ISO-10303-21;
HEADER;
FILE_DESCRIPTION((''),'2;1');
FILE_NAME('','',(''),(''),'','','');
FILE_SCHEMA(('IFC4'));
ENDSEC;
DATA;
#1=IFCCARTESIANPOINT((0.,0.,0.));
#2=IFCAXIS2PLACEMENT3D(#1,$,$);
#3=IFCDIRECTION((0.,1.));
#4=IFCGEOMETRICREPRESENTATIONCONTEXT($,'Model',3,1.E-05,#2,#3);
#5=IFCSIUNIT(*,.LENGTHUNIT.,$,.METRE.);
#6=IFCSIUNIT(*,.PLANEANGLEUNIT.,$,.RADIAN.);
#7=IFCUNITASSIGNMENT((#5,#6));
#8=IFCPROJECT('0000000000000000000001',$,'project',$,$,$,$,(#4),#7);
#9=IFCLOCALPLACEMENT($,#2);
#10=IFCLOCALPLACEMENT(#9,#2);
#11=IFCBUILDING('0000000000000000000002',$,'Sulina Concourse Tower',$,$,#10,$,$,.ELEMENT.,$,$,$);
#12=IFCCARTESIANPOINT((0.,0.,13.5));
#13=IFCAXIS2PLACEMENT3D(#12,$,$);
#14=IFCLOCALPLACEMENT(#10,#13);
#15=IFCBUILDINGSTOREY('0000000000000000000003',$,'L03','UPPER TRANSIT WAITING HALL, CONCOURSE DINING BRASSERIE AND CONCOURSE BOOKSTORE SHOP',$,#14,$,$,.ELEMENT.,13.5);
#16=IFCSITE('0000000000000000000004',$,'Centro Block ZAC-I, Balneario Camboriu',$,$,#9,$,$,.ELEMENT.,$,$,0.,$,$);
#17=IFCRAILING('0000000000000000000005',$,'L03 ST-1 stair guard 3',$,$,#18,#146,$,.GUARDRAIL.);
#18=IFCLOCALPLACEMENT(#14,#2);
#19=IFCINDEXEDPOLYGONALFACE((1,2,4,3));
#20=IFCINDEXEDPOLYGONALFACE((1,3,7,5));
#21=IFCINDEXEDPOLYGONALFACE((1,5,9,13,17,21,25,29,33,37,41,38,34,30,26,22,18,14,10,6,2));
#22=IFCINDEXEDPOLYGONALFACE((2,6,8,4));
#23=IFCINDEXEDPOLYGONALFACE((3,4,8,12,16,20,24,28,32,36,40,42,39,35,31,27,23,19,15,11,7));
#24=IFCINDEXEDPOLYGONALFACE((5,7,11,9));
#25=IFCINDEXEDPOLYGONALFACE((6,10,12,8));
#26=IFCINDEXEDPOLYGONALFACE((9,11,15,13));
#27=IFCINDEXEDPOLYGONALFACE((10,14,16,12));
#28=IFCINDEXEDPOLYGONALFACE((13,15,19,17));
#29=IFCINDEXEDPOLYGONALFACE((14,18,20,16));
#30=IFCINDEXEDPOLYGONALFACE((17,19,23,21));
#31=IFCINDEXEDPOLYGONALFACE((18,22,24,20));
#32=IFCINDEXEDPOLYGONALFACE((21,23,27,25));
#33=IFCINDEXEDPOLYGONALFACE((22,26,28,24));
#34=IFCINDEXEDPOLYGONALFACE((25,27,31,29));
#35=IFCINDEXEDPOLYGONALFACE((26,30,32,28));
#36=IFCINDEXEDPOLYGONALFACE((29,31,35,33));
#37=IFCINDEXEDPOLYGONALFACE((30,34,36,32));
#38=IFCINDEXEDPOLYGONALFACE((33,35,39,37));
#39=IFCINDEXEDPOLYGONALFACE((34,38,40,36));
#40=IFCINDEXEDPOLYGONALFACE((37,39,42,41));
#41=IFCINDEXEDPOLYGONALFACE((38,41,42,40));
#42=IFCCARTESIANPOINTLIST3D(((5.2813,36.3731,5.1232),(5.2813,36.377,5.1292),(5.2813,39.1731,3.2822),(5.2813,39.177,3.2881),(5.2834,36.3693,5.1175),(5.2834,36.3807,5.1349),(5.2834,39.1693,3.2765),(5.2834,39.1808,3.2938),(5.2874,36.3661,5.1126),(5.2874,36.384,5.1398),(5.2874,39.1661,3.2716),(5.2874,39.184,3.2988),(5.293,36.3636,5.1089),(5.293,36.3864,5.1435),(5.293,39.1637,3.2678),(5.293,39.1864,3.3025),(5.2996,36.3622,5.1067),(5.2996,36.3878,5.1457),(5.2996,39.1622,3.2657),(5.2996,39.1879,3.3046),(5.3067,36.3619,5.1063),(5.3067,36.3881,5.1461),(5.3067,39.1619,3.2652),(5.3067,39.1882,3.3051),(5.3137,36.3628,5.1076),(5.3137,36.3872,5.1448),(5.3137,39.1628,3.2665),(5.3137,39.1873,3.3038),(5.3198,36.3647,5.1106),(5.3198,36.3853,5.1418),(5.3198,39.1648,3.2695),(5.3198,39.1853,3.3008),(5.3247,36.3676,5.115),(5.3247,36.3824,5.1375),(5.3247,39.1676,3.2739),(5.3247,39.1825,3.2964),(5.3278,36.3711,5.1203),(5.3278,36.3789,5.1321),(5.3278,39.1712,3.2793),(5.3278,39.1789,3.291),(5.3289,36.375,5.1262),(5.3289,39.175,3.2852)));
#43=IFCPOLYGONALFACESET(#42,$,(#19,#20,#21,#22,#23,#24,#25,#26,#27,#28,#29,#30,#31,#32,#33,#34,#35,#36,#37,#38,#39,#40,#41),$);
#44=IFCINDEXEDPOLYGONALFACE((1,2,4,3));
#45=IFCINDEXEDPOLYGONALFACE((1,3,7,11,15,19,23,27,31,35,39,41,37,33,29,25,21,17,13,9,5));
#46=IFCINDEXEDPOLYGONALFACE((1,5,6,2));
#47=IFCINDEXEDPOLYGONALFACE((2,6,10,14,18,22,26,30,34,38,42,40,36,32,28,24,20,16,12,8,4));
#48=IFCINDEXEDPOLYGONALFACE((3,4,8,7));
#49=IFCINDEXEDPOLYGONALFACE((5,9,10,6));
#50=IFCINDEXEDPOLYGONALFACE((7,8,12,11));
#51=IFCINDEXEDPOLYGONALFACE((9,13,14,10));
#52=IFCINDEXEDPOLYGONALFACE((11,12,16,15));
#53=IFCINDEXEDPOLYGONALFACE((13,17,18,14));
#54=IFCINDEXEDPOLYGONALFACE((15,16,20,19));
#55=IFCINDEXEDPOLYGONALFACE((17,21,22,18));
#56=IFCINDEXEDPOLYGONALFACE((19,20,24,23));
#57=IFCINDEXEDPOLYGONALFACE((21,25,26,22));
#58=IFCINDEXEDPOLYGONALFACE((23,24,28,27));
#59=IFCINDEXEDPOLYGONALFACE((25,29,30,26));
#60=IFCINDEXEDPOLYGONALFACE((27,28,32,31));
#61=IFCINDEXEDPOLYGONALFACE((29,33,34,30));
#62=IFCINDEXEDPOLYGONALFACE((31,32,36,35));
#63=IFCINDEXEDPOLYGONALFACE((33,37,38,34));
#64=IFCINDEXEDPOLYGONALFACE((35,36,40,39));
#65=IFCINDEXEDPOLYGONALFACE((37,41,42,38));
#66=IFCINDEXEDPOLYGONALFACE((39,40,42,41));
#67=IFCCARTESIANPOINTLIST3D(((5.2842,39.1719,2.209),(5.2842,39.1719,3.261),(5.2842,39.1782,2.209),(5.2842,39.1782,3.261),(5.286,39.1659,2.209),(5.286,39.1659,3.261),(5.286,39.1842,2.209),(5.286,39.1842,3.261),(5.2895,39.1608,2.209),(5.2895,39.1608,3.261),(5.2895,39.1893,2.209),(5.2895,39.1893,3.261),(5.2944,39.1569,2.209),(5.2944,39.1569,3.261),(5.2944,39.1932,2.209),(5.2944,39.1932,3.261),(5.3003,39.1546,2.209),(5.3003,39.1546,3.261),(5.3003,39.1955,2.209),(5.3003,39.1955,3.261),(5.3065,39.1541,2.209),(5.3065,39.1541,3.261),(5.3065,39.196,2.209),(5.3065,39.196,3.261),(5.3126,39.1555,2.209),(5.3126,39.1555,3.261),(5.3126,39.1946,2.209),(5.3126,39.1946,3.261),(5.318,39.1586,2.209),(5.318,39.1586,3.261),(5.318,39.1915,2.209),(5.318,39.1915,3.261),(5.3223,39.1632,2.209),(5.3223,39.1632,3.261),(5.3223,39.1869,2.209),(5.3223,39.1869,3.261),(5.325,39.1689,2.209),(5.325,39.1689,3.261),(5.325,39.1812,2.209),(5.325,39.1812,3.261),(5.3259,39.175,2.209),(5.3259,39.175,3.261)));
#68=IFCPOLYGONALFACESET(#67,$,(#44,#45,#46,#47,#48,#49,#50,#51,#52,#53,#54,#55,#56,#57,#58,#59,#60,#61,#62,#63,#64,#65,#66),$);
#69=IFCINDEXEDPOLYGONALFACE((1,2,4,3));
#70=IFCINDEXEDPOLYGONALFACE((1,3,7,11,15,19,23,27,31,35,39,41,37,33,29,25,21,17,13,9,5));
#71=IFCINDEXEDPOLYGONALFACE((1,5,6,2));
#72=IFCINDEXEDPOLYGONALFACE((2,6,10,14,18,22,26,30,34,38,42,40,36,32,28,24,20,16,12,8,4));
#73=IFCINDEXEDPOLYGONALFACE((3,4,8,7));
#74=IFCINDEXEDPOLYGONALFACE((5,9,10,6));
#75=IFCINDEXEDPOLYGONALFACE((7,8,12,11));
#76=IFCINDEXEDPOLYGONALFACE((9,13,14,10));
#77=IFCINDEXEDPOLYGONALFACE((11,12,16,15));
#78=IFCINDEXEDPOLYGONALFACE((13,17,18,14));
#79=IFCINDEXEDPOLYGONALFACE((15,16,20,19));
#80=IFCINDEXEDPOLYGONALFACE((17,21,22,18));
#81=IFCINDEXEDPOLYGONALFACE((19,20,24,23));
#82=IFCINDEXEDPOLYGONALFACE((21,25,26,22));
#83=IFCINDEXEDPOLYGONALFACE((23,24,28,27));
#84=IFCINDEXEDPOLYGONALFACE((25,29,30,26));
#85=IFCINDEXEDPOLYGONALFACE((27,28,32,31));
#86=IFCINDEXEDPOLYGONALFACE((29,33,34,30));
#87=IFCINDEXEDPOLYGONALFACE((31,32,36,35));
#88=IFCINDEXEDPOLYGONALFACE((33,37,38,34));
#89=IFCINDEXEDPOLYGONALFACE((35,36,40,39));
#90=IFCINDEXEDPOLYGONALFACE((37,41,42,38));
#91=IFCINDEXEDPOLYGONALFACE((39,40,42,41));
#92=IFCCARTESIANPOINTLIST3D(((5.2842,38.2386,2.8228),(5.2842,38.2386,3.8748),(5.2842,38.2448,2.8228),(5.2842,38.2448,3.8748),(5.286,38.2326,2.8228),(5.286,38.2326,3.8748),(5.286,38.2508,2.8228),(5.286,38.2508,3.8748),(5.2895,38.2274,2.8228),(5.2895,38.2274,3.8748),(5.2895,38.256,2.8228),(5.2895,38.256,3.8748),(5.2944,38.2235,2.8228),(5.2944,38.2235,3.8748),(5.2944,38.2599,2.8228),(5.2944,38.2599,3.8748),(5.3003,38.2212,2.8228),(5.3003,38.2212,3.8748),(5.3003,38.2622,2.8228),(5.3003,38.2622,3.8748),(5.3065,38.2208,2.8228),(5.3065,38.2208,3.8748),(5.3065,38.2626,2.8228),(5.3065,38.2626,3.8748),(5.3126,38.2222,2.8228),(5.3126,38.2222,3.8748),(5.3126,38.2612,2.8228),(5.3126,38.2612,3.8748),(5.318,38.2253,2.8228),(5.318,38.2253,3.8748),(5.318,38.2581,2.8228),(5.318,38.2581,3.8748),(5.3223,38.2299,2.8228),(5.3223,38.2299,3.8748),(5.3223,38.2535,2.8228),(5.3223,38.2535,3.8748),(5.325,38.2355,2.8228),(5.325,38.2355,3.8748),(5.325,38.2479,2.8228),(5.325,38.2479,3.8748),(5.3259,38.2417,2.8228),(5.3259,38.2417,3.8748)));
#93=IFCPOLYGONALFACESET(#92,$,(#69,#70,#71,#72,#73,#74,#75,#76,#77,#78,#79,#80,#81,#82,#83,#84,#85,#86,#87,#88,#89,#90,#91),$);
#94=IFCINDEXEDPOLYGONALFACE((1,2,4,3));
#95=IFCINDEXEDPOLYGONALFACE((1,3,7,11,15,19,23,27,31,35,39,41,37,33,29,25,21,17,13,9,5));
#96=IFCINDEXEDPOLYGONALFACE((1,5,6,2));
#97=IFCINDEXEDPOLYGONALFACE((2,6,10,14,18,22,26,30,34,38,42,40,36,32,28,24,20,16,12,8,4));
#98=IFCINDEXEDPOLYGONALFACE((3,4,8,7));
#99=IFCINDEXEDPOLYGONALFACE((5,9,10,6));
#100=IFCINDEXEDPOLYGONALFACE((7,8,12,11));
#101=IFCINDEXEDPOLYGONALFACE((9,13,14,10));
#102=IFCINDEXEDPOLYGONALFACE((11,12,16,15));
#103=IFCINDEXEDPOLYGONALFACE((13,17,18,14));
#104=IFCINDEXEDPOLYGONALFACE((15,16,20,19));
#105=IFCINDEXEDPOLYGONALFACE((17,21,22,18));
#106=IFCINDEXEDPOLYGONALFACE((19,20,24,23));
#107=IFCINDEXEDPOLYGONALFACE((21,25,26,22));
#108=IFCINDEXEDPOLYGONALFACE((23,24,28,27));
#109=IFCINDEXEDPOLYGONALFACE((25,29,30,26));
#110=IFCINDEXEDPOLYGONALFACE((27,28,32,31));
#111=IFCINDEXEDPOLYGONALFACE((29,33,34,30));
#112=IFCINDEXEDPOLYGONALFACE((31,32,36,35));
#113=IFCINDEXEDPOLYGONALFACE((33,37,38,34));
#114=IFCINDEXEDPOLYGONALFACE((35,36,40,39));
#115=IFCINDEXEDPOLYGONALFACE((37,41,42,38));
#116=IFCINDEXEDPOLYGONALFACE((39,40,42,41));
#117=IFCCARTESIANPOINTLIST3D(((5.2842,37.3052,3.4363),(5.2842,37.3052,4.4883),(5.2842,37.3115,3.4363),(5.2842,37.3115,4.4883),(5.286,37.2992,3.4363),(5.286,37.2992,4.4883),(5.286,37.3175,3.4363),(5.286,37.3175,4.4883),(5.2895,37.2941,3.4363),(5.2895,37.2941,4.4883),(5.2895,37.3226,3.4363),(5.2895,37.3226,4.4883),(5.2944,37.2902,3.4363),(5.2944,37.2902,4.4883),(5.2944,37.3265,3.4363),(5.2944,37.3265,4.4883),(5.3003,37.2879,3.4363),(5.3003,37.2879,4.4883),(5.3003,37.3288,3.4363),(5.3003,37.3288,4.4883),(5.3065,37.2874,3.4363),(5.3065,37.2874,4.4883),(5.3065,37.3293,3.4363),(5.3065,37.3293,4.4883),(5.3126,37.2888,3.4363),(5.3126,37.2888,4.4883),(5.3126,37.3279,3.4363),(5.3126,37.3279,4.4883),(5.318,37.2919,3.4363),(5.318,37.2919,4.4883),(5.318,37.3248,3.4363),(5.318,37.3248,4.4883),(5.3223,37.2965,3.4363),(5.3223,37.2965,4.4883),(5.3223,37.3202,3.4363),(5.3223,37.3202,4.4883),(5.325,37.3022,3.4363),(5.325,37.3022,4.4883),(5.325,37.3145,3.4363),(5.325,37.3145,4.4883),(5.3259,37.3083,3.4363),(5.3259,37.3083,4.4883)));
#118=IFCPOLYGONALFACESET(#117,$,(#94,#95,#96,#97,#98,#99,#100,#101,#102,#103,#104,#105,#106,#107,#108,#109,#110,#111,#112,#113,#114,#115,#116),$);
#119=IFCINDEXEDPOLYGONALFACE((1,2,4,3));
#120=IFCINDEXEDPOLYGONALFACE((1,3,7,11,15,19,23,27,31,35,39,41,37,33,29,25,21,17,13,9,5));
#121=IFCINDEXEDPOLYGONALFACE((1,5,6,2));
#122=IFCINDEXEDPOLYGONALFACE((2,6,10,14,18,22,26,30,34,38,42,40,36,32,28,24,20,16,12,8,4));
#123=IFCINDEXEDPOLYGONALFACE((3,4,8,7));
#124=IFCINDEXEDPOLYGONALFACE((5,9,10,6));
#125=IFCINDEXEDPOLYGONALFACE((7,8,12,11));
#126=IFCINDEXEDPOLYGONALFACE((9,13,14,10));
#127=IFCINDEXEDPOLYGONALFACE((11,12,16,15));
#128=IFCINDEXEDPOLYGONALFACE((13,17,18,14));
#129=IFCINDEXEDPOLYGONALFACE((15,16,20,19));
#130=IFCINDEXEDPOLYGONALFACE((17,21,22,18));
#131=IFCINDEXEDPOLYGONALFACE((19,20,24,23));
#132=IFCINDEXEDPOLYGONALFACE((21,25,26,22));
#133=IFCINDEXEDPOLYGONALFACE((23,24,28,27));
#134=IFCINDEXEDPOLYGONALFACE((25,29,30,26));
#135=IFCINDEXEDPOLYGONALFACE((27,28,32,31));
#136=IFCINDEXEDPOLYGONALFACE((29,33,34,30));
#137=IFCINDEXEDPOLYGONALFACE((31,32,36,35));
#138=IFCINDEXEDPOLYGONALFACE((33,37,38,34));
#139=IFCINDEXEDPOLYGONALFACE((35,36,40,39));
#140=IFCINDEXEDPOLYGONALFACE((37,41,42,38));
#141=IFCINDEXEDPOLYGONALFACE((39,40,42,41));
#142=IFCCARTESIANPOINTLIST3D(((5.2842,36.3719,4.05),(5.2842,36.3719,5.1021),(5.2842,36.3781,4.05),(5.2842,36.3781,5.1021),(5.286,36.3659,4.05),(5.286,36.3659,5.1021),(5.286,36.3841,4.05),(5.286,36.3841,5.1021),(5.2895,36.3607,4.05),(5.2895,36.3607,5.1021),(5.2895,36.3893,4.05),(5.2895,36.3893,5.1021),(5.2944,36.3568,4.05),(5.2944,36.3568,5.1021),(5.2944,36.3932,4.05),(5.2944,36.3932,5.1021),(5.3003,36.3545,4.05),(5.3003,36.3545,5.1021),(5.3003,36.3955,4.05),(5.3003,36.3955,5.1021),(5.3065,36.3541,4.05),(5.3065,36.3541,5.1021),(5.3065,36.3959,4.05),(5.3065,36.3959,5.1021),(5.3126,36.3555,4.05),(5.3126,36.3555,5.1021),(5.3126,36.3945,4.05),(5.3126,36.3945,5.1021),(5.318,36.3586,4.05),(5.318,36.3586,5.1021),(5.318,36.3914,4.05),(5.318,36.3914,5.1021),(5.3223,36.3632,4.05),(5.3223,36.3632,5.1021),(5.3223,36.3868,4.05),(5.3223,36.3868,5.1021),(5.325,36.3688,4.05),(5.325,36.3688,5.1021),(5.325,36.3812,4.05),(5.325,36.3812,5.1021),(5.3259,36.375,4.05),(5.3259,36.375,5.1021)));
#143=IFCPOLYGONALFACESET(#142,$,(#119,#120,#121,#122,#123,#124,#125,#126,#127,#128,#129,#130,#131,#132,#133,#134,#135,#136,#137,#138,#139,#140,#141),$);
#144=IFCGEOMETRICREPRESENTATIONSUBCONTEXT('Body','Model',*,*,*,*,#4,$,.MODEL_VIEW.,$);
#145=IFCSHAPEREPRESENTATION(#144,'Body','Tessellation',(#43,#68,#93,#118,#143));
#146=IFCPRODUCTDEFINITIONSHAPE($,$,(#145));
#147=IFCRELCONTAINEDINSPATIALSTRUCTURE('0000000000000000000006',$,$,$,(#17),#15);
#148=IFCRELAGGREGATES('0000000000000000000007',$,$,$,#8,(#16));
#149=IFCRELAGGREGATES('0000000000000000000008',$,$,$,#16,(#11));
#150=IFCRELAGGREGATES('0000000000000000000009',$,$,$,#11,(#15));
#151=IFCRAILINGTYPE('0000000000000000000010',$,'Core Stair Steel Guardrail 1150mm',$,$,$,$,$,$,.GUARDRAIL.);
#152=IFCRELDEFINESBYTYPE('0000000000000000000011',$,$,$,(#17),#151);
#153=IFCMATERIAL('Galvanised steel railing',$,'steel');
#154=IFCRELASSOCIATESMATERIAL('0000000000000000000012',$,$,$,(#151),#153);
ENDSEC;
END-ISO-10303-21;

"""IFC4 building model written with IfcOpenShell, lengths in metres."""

from ifc_helpers import new_model, si_unit, direction, frame, origin, origin_2d, place, context, subcontext, project, spatial, circle, extrude, material, type_object, element, save


model = new_model("IFC4")

# Units and contexts
model_context = context("Model", 3, precision=1e-05, world=origin(), true_north=direction((0.0, 1.0)))
body_context = subcontext(model_context, "Body", "Model", "MODEL_VIEW")
ifc_project = project(units=[si_unit("LENGTHUNIT", "METRE"), si_unit("PLANEANGLEUNIT", "RADIAN")], contexts=[model_context])

# Site, building, storey
site_placement = place(None, origin())
site = spatial("IfcSite", under=ifc_project, at=site_placement, Name="Centro Block ZAC-I, Balneario Camboriu", CompositionType="ELEMENT", RefElevation=0.0)
building_placement = place(site_placement, origin())
building = spatial("IfcBuilding", under=site, at=building_placement, Name="Sulina Concourse Tower", CompositionType="ELEMENT")
storey_placement = place(building_placement, frame((0.0, 0.0, 13.5)))
storey = spatial("IfcBuildingStorey", under=building, at=storey_placement, Name="L03", Description="UPPER TRANSIT WAITING HALL, CONCOURSE DINING BRASSERIE AND CONCOURSE BOOKSTORE SHOP", CompositionType="ELEMENT", Elevation=13.5)

# Railing
ifc_material_1 = material(Name="Galvanised steel railing", Category="steel")
railing_type_1 = type_object("IfcRailingType", Name="Core Stair Steel Guardrail 1150mm", PredefinedType="GUARDRAIL", material=ifc_material_1)
railing_1_placement = place(storey_placement, frame((5.3049, 39.175, 2.209)))
element("IfcRailing", 1, at=railing_1_placement, inside=storey, type_object=railing_type_1, Name="L03 ST-1 stair guard 3", PredefinedType="GUARDRAIL", context=body_context, shape_type="SweptSolid", body=[
    extrude(circle(Radius=0.0239, at=origin_2d()), frame((0.0, 0.0, 1.0762), z_axis=(0.0, -0.835564, 0.549393), x_axis=(1.0, 0.0, 0.0)), (0.0, 0.0, 1.0), 3.3511),
    extrude(circle(Radius=0.021, at=origin_2d()), origin(), (0.0, 0.0, 1.0), 1.052),
    extrude(circle(Radius=0.021, at=origin_2d()), frame((0.0, -0.9333, 0.6138)), (0.0, 0.0, 1.0), 1.052),
    extrude(circle(Radius=0.021, at=origin_2d()), frame((0.0, -1.8667, 1.2273)), (0.0, 0.0, 1.0), 1.052),
    extrude(circle(Radius=0.021, at=origin_2d()), frame((0.0, -2.8, 1.8411)), (0.0, 0.0, 1.0), 1.052),
])

save(model, "model.ifc")
